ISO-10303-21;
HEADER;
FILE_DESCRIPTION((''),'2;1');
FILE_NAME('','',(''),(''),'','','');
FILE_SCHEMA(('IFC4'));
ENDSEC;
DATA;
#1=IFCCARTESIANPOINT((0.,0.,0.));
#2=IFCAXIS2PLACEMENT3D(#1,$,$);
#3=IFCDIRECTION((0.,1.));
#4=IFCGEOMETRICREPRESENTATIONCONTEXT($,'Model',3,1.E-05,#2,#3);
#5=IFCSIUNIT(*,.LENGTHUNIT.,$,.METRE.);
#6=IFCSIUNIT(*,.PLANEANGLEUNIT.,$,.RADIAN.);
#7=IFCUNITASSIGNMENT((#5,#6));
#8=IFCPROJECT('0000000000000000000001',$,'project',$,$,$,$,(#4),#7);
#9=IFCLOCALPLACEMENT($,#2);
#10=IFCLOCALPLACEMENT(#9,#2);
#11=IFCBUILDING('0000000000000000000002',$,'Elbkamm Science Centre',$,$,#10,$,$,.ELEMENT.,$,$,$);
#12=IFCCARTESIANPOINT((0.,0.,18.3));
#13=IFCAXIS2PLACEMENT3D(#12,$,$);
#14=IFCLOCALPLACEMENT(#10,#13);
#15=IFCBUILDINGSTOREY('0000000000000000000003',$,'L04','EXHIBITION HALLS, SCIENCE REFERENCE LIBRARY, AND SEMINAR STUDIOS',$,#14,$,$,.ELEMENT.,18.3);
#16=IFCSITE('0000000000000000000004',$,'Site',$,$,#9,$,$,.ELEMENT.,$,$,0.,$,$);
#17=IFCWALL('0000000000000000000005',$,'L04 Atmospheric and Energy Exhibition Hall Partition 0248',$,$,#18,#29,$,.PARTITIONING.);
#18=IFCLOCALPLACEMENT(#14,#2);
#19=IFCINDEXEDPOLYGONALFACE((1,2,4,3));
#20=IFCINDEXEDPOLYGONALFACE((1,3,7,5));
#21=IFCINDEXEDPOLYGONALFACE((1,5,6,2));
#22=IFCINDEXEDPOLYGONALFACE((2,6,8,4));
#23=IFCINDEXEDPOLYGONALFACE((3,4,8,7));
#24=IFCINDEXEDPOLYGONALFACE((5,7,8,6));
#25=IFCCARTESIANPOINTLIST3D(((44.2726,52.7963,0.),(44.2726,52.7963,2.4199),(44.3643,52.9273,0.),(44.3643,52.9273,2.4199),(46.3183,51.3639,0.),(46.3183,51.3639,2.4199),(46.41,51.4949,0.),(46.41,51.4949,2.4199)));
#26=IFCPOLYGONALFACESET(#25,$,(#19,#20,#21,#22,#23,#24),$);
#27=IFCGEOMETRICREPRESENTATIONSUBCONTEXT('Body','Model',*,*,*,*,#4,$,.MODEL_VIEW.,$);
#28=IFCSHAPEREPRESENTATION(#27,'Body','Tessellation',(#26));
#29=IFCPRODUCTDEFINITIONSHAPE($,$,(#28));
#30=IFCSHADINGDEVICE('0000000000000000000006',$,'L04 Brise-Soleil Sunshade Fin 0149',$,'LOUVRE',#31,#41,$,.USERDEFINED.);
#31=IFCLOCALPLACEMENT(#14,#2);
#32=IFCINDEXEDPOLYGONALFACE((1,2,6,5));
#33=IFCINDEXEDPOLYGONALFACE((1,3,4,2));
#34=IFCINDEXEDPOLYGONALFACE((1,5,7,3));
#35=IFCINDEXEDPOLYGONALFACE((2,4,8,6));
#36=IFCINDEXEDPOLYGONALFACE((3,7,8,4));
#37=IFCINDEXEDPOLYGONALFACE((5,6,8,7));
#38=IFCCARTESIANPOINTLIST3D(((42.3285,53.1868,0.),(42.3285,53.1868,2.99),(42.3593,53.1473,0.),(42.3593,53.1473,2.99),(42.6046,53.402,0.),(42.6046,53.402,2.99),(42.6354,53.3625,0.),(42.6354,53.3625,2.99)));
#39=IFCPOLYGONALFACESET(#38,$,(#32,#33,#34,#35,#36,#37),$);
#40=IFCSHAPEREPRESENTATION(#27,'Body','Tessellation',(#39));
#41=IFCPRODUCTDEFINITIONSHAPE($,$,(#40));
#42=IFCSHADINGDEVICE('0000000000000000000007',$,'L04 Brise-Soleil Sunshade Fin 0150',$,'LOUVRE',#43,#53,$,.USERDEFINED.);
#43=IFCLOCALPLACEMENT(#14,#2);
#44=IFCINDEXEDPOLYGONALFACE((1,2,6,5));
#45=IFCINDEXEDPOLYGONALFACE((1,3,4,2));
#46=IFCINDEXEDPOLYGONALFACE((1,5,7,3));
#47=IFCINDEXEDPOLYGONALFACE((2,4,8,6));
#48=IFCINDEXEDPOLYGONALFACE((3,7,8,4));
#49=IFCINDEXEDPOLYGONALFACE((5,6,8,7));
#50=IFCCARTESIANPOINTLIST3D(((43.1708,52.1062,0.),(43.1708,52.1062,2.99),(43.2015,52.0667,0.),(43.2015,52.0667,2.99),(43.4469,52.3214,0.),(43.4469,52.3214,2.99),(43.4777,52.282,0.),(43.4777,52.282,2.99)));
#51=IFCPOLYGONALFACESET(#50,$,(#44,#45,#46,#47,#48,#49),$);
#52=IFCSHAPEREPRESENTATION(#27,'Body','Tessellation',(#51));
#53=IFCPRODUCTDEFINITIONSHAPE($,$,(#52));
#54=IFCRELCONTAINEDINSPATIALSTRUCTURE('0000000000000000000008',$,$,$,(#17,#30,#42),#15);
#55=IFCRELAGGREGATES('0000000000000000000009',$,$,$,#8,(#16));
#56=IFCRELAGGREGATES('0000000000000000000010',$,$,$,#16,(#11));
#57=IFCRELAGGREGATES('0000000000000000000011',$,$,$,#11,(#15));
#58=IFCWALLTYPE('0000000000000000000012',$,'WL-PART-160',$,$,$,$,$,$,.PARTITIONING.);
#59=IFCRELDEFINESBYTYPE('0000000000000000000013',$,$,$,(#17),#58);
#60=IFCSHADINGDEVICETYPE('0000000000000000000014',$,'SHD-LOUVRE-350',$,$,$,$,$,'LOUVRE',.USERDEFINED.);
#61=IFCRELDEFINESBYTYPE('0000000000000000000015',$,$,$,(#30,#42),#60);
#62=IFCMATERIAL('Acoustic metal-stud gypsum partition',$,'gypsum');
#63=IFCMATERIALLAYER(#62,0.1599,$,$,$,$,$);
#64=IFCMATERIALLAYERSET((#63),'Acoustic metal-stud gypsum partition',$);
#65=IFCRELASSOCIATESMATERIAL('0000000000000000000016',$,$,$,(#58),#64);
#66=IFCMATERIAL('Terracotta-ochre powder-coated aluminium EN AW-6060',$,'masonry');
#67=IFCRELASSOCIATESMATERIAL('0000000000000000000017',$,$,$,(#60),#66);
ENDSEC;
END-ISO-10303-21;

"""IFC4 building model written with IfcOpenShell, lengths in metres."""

from ifc_helpers import new_model, si_unit, direction, frame, frame_2d, origin, origin_2d, place, context, subcontext, project, spatial, rectangle, extrude, material, layer, layer_set, type_object, element, save


model = new_model("IFC4")

# Units and contexts
model_context = context("Model", 3, precision=1e-05, world=origin(), true_north=direction((0.0, 1.0)))
body_context = subcontext(model_context, "Body", "Model", "MODEL_VIEW")
ifc_project = project(units=[si_unit("LENGTHUNIT", "METRE"), si_unit("PLANEANGLEUNIT", "RADIAN")], contexts=[model_context])

# Site, building, storey
site_placement = place(None, origin())
site = spatial("IfcSite", under=ifc_project, at=site_placement, Name="Site", CompositionType="ELEMENT", RefElevation=0.0)
building_placement = place(site_placement, origin())
building = spatial("IfcBuilding", under=site, at=building_placement, Name="Elbkamm Science Centre", CompositionType="ELEMENT")
storey_placement = place(building_placement, frame((0.0, 0.0, 18.3)))
storey = spatial("IfcBuildingStorey", under=building, at=storey_placement, Name="L04", Description="EXHIBITION HALLS, SCIENCE REFERENCE LIBRARY, AND SEMINAR STUDIOS", CompositionType="ELEMENT", Elevation=18.3)

# Wall
ifc_material_1 = material(Name="Acoustic metal-stud gypsum partition", Category="gypsum")
ifc_layer_1 = layer(ifc_material_1, 0.1599)
ifc_layer_set_1 = layer_set([ifc_layer_1], Name="Acoustic metal-stud gypsum partition")
wall_type_1 = type_object("IfcWallType", Name="WL-PART-160", PredefinedType="PARTITIONING", material=ifc_layer_set_1)
wall_1_placement = place(storey_placement, frame((46.364, 51.4294, 0.0), z_axis=(0.0, 0.0, 1.0), x_axis=(-0.819154, 0.573574, 0.0)))
element("IfcWall", 1, at=wall_1_placement, inside=storey, type_object=wall_type_1, Name="L04 Atmospheric and Energy Exhibition Hall Partition 0248", PredefinedType="PARTITIONING", context=body_context, shape_type="SweptSolid", body=[
    extrude(rectangle(XDim=2.4973, YDim=0.1599, at=frame_2d((1.2485, 0.0))), origin(), (0.0, 0.0, 1.0), 2.4199),
])

# Shading devices
ifc_material_2 = material(Name="Terracotta-ochre powder-coated aluminium EN AW-6060", Category="masonry")
shading_device_type = type_object("IfcShadingDeviceType", Name="SHD-LOUVRE-350", ElementType="LOUVRE", PredefinedType="USERDEFINED", material=ifc_material_2)
for number, where, z_axis, x_axis, name in (
    (2, (42.4819, 53.2747, 0.0), (0.0, 0.0, 1.0), (-0.788679, -0.614806, 0.0), "L04 Brise-Soleil Sunshade Fin 0149"),
    (3, (43.3242, 52.1941, 0.0), (0.0, 0.0, 1.0), (-0.788679, -0.614806, 0.0), "L04 Brise-Soleil Sunshade Fin 0150"),
):
    element("IfcShadingDevice", number, at=place(storey_placement, frame(where, z_axis=z_axis, x_axis=x_axis)), inside=storey, type_object=shading_device_type, Name=name, ObjectType="LOUVRE", PredefinedType="USERDEFINED", context=body_context, shape_type="SweptSolid", body=[
        extrude(rectangle(XDim=0.3501, YDim=0.05, at=origin_2d()), origin(), (0.0, 0.0, 1.0), 2.99),
    ])

save(model, "model.ifc")
